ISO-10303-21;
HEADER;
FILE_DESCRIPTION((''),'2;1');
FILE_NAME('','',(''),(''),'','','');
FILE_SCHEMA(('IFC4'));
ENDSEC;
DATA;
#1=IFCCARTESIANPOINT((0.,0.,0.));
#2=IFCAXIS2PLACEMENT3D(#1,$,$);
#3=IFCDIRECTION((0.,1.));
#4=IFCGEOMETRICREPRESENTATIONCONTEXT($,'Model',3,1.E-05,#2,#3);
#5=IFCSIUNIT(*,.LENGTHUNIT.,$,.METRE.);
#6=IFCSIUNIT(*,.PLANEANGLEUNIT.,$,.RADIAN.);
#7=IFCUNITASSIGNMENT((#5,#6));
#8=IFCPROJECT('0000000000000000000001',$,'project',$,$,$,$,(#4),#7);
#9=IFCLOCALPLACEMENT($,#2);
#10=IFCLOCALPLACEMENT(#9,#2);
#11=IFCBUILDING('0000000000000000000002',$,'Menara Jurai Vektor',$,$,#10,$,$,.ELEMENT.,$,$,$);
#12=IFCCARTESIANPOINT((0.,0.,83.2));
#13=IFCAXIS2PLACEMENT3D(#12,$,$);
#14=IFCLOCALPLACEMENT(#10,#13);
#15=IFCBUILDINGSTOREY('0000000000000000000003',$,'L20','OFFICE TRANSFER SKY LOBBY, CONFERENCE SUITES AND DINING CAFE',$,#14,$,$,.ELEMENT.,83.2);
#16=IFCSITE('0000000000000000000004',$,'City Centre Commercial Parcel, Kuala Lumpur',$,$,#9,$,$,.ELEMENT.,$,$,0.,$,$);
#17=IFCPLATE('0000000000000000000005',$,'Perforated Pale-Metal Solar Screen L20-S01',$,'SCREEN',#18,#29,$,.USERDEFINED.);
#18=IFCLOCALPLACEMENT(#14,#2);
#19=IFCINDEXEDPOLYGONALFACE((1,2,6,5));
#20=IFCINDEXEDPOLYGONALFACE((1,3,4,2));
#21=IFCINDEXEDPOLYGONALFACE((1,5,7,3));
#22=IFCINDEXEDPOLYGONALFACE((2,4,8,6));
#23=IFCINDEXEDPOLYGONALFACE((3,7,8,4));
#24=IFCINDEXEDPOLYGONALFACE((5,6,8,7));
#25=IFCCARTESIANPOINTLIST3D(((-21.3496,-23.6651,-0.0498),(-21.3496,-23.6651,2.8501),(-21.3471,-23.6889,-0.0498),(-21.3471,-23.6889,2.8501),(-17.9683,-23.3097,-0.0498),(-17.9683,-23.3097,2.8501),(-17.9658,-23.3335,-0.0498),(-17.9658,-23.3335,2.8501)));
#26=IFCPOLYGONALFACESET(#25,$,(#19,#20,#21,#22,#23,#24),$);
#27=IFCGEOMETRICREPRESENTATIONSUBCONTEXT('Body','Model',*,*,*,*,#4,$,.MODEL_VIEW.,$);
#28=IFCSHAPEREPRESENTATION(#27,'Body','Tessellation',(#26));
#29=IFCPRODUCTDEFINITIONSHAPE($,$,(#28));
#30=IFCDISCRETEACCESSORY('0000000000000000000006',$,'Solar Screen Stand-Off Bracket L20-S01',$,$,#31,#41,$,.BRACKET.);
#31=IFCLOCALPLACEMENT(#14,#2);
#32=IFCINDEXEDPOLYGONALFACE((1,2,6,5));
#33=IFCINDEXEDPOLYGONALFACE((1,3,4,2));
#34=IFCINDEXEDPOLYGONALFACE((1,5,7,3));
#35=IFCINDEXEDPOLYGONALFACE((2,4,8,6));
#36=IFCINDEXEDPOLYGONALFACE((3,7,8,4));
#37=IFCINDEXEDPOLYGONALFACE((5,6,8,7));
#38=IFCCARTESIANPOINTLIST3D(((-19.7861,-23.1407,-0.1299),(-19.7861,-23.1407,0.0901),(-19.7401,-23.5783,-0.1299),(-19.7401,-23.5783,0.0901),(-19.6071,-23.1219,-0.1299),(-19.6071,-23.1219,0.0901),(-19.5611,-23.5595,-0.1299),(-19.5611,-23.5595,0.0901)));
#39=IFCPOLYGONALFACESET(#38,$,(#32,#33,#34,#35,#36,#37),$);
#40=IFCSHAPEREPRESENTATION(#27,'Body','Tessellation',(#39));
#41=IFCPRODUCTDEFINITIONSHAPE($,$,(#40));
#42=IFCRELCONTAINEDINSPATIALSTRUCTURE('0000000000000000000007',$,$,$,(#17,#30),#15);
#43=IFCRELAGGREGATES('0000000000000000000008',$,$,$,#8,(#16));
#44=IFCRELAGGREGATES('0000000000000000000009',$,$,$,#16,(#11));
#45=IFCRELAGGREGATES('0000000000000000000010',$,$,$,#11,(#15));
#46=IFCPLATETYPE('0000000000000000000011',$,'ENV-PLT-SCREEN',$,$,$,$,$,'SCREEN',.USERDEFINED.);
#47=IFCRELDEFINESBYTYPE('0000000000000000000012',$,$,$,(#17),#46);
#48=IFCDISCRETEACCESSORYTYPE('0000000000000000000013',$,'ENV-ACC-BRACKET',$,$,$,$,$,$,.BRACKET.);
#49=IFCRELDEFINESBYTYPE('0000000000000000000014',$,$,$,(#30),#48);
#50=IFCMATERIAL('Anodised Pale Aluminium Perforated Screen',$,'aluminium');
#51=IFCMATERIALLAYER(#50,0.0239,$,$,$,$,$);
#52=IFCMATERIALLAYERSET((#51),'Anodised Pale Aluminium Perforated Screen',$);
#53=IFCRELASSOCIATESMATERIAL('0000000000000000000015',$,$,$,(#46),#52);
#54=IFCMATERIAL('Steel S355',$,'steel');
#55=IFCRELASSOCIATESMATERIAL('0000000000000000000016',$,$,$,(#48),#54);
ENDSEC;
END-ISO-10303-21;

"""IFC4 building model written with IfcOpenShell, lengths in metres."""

from ifc_helpers import new_model, si_unit, direction, frame, origin, origin_2d, place, context, subcontext, project, spatial, rectangle, extrude, material, layer, layer_set, type_object, element, save


model = new_model("IFC4")

# Units and contexts
model_context = context("Model", 3, precision=1e-05, world=origin(), true_north=direction((0.0, 1.0)))
body_context = subcontext(model_context, "Body", "Model", "MODEL_VIEW")
ifc_project = project(units=[si_unit("LENGTHUNIT", "METRE"), si_unit("PLANEANGLEUNIT", "RADIAN")], contexts=[model_context])

# Site, building, storey
site_placement = place(None, origin())
site = spatial("IfcSite", under=ifc_project, at=site_placement, Name="City Centre Commercial Parcel, Kuala Lumpur", CompositionType="ELEMENT", RefElevation=0.0)
building_placement = place(site_placement, origin())
building = spatial("IfcBuilding", under=site, at=building_placement, Name="Menara Jurai Vektor", CompositionType="ELEMENT")
storey_placement = place(building_placement, frame((0.0, 0.0, 83.2)))
storey = spatial("IfcBuildingStorey", under=building, at=storey_placement, Name="L20", Description="OFFICE TRANSFER SKY LOBBY, CONFERENCE SUITES AND DINING CAFE", CompositionType="ELEMENT", Elevation=83.2)

# Shared definitions
ifc_material_1 = material(Name="Steel S355", Category="steel")

# Plate
ifc_material_2 = material(Name="Anodised Pale Aluminium Perforated Screen", Category="aluminium")
ifc_layer_1 = layer(ifc_material_2, 0.0239)
ifc_layer_set_1 = layer_set([ifc_layer_1], Name="Anodised Pale Aluminium Perforated Screen")
plate_type_1 = type_object("IfcPlateType", Name="ENV-PLT-SCREEN", ElementType="SCREEN", PredefinedType="USERDEFINED", material=ifc_layer_set_1)
plate_1_placement = place(storey_placement, frame((-19.6577, -23.4993, -0.0498), z_axis=(0.0, 0.0, 1.0), x_axis=(0.994522, 0.104528, 0.0)))
element("IfcPlate", 1, at=plate_1_placement, inside=storey, type_object=plate_type_1, Name="Perforated Pale-Metal Solar Screen L20-S01", ObjectType="SCREEN", PredefinedType="USERDEFINED", context=body_context, shape_type="SweptSolid", body=[
    extrude(rectangle(XDim=3.3999, YDim=0.0239, at=origin_2d()), origin(), (0.0, 0.0, 1.0), 2.8999),
])

# Discrete accessory
discrete_accessory_type = type_object("IfcDiscreteAccessoryType", Name="ENV-ACC-BRACKET", PredefinedType="BRACKET", material=ifc_material_1)
discrete_accessory_placement = place(storey_placement, frame((-19.6736, -23.3501, -0.1299), z_axis=(0.0, 0.0, 1.0), x_axis=(0.994522, 0.104528, 0.0)))
element("IfcDiscreteAccessory", 2, at=discrete_accessory_placement, inside=storey, type_object=discrete_accessory_type, Name="Solar Screen Stand-Off Bracket L20-S01", PredefinedType="BRACKET", context=body_context, shape_type="SweptSolid", body=[
    extrude(rectangle(XDim=0.1799, YDim=0.4399, at=origin_2d()), origin(), (0.0, 0.0, 1.0), 0.22),
])

save(model, "model.ifc")
